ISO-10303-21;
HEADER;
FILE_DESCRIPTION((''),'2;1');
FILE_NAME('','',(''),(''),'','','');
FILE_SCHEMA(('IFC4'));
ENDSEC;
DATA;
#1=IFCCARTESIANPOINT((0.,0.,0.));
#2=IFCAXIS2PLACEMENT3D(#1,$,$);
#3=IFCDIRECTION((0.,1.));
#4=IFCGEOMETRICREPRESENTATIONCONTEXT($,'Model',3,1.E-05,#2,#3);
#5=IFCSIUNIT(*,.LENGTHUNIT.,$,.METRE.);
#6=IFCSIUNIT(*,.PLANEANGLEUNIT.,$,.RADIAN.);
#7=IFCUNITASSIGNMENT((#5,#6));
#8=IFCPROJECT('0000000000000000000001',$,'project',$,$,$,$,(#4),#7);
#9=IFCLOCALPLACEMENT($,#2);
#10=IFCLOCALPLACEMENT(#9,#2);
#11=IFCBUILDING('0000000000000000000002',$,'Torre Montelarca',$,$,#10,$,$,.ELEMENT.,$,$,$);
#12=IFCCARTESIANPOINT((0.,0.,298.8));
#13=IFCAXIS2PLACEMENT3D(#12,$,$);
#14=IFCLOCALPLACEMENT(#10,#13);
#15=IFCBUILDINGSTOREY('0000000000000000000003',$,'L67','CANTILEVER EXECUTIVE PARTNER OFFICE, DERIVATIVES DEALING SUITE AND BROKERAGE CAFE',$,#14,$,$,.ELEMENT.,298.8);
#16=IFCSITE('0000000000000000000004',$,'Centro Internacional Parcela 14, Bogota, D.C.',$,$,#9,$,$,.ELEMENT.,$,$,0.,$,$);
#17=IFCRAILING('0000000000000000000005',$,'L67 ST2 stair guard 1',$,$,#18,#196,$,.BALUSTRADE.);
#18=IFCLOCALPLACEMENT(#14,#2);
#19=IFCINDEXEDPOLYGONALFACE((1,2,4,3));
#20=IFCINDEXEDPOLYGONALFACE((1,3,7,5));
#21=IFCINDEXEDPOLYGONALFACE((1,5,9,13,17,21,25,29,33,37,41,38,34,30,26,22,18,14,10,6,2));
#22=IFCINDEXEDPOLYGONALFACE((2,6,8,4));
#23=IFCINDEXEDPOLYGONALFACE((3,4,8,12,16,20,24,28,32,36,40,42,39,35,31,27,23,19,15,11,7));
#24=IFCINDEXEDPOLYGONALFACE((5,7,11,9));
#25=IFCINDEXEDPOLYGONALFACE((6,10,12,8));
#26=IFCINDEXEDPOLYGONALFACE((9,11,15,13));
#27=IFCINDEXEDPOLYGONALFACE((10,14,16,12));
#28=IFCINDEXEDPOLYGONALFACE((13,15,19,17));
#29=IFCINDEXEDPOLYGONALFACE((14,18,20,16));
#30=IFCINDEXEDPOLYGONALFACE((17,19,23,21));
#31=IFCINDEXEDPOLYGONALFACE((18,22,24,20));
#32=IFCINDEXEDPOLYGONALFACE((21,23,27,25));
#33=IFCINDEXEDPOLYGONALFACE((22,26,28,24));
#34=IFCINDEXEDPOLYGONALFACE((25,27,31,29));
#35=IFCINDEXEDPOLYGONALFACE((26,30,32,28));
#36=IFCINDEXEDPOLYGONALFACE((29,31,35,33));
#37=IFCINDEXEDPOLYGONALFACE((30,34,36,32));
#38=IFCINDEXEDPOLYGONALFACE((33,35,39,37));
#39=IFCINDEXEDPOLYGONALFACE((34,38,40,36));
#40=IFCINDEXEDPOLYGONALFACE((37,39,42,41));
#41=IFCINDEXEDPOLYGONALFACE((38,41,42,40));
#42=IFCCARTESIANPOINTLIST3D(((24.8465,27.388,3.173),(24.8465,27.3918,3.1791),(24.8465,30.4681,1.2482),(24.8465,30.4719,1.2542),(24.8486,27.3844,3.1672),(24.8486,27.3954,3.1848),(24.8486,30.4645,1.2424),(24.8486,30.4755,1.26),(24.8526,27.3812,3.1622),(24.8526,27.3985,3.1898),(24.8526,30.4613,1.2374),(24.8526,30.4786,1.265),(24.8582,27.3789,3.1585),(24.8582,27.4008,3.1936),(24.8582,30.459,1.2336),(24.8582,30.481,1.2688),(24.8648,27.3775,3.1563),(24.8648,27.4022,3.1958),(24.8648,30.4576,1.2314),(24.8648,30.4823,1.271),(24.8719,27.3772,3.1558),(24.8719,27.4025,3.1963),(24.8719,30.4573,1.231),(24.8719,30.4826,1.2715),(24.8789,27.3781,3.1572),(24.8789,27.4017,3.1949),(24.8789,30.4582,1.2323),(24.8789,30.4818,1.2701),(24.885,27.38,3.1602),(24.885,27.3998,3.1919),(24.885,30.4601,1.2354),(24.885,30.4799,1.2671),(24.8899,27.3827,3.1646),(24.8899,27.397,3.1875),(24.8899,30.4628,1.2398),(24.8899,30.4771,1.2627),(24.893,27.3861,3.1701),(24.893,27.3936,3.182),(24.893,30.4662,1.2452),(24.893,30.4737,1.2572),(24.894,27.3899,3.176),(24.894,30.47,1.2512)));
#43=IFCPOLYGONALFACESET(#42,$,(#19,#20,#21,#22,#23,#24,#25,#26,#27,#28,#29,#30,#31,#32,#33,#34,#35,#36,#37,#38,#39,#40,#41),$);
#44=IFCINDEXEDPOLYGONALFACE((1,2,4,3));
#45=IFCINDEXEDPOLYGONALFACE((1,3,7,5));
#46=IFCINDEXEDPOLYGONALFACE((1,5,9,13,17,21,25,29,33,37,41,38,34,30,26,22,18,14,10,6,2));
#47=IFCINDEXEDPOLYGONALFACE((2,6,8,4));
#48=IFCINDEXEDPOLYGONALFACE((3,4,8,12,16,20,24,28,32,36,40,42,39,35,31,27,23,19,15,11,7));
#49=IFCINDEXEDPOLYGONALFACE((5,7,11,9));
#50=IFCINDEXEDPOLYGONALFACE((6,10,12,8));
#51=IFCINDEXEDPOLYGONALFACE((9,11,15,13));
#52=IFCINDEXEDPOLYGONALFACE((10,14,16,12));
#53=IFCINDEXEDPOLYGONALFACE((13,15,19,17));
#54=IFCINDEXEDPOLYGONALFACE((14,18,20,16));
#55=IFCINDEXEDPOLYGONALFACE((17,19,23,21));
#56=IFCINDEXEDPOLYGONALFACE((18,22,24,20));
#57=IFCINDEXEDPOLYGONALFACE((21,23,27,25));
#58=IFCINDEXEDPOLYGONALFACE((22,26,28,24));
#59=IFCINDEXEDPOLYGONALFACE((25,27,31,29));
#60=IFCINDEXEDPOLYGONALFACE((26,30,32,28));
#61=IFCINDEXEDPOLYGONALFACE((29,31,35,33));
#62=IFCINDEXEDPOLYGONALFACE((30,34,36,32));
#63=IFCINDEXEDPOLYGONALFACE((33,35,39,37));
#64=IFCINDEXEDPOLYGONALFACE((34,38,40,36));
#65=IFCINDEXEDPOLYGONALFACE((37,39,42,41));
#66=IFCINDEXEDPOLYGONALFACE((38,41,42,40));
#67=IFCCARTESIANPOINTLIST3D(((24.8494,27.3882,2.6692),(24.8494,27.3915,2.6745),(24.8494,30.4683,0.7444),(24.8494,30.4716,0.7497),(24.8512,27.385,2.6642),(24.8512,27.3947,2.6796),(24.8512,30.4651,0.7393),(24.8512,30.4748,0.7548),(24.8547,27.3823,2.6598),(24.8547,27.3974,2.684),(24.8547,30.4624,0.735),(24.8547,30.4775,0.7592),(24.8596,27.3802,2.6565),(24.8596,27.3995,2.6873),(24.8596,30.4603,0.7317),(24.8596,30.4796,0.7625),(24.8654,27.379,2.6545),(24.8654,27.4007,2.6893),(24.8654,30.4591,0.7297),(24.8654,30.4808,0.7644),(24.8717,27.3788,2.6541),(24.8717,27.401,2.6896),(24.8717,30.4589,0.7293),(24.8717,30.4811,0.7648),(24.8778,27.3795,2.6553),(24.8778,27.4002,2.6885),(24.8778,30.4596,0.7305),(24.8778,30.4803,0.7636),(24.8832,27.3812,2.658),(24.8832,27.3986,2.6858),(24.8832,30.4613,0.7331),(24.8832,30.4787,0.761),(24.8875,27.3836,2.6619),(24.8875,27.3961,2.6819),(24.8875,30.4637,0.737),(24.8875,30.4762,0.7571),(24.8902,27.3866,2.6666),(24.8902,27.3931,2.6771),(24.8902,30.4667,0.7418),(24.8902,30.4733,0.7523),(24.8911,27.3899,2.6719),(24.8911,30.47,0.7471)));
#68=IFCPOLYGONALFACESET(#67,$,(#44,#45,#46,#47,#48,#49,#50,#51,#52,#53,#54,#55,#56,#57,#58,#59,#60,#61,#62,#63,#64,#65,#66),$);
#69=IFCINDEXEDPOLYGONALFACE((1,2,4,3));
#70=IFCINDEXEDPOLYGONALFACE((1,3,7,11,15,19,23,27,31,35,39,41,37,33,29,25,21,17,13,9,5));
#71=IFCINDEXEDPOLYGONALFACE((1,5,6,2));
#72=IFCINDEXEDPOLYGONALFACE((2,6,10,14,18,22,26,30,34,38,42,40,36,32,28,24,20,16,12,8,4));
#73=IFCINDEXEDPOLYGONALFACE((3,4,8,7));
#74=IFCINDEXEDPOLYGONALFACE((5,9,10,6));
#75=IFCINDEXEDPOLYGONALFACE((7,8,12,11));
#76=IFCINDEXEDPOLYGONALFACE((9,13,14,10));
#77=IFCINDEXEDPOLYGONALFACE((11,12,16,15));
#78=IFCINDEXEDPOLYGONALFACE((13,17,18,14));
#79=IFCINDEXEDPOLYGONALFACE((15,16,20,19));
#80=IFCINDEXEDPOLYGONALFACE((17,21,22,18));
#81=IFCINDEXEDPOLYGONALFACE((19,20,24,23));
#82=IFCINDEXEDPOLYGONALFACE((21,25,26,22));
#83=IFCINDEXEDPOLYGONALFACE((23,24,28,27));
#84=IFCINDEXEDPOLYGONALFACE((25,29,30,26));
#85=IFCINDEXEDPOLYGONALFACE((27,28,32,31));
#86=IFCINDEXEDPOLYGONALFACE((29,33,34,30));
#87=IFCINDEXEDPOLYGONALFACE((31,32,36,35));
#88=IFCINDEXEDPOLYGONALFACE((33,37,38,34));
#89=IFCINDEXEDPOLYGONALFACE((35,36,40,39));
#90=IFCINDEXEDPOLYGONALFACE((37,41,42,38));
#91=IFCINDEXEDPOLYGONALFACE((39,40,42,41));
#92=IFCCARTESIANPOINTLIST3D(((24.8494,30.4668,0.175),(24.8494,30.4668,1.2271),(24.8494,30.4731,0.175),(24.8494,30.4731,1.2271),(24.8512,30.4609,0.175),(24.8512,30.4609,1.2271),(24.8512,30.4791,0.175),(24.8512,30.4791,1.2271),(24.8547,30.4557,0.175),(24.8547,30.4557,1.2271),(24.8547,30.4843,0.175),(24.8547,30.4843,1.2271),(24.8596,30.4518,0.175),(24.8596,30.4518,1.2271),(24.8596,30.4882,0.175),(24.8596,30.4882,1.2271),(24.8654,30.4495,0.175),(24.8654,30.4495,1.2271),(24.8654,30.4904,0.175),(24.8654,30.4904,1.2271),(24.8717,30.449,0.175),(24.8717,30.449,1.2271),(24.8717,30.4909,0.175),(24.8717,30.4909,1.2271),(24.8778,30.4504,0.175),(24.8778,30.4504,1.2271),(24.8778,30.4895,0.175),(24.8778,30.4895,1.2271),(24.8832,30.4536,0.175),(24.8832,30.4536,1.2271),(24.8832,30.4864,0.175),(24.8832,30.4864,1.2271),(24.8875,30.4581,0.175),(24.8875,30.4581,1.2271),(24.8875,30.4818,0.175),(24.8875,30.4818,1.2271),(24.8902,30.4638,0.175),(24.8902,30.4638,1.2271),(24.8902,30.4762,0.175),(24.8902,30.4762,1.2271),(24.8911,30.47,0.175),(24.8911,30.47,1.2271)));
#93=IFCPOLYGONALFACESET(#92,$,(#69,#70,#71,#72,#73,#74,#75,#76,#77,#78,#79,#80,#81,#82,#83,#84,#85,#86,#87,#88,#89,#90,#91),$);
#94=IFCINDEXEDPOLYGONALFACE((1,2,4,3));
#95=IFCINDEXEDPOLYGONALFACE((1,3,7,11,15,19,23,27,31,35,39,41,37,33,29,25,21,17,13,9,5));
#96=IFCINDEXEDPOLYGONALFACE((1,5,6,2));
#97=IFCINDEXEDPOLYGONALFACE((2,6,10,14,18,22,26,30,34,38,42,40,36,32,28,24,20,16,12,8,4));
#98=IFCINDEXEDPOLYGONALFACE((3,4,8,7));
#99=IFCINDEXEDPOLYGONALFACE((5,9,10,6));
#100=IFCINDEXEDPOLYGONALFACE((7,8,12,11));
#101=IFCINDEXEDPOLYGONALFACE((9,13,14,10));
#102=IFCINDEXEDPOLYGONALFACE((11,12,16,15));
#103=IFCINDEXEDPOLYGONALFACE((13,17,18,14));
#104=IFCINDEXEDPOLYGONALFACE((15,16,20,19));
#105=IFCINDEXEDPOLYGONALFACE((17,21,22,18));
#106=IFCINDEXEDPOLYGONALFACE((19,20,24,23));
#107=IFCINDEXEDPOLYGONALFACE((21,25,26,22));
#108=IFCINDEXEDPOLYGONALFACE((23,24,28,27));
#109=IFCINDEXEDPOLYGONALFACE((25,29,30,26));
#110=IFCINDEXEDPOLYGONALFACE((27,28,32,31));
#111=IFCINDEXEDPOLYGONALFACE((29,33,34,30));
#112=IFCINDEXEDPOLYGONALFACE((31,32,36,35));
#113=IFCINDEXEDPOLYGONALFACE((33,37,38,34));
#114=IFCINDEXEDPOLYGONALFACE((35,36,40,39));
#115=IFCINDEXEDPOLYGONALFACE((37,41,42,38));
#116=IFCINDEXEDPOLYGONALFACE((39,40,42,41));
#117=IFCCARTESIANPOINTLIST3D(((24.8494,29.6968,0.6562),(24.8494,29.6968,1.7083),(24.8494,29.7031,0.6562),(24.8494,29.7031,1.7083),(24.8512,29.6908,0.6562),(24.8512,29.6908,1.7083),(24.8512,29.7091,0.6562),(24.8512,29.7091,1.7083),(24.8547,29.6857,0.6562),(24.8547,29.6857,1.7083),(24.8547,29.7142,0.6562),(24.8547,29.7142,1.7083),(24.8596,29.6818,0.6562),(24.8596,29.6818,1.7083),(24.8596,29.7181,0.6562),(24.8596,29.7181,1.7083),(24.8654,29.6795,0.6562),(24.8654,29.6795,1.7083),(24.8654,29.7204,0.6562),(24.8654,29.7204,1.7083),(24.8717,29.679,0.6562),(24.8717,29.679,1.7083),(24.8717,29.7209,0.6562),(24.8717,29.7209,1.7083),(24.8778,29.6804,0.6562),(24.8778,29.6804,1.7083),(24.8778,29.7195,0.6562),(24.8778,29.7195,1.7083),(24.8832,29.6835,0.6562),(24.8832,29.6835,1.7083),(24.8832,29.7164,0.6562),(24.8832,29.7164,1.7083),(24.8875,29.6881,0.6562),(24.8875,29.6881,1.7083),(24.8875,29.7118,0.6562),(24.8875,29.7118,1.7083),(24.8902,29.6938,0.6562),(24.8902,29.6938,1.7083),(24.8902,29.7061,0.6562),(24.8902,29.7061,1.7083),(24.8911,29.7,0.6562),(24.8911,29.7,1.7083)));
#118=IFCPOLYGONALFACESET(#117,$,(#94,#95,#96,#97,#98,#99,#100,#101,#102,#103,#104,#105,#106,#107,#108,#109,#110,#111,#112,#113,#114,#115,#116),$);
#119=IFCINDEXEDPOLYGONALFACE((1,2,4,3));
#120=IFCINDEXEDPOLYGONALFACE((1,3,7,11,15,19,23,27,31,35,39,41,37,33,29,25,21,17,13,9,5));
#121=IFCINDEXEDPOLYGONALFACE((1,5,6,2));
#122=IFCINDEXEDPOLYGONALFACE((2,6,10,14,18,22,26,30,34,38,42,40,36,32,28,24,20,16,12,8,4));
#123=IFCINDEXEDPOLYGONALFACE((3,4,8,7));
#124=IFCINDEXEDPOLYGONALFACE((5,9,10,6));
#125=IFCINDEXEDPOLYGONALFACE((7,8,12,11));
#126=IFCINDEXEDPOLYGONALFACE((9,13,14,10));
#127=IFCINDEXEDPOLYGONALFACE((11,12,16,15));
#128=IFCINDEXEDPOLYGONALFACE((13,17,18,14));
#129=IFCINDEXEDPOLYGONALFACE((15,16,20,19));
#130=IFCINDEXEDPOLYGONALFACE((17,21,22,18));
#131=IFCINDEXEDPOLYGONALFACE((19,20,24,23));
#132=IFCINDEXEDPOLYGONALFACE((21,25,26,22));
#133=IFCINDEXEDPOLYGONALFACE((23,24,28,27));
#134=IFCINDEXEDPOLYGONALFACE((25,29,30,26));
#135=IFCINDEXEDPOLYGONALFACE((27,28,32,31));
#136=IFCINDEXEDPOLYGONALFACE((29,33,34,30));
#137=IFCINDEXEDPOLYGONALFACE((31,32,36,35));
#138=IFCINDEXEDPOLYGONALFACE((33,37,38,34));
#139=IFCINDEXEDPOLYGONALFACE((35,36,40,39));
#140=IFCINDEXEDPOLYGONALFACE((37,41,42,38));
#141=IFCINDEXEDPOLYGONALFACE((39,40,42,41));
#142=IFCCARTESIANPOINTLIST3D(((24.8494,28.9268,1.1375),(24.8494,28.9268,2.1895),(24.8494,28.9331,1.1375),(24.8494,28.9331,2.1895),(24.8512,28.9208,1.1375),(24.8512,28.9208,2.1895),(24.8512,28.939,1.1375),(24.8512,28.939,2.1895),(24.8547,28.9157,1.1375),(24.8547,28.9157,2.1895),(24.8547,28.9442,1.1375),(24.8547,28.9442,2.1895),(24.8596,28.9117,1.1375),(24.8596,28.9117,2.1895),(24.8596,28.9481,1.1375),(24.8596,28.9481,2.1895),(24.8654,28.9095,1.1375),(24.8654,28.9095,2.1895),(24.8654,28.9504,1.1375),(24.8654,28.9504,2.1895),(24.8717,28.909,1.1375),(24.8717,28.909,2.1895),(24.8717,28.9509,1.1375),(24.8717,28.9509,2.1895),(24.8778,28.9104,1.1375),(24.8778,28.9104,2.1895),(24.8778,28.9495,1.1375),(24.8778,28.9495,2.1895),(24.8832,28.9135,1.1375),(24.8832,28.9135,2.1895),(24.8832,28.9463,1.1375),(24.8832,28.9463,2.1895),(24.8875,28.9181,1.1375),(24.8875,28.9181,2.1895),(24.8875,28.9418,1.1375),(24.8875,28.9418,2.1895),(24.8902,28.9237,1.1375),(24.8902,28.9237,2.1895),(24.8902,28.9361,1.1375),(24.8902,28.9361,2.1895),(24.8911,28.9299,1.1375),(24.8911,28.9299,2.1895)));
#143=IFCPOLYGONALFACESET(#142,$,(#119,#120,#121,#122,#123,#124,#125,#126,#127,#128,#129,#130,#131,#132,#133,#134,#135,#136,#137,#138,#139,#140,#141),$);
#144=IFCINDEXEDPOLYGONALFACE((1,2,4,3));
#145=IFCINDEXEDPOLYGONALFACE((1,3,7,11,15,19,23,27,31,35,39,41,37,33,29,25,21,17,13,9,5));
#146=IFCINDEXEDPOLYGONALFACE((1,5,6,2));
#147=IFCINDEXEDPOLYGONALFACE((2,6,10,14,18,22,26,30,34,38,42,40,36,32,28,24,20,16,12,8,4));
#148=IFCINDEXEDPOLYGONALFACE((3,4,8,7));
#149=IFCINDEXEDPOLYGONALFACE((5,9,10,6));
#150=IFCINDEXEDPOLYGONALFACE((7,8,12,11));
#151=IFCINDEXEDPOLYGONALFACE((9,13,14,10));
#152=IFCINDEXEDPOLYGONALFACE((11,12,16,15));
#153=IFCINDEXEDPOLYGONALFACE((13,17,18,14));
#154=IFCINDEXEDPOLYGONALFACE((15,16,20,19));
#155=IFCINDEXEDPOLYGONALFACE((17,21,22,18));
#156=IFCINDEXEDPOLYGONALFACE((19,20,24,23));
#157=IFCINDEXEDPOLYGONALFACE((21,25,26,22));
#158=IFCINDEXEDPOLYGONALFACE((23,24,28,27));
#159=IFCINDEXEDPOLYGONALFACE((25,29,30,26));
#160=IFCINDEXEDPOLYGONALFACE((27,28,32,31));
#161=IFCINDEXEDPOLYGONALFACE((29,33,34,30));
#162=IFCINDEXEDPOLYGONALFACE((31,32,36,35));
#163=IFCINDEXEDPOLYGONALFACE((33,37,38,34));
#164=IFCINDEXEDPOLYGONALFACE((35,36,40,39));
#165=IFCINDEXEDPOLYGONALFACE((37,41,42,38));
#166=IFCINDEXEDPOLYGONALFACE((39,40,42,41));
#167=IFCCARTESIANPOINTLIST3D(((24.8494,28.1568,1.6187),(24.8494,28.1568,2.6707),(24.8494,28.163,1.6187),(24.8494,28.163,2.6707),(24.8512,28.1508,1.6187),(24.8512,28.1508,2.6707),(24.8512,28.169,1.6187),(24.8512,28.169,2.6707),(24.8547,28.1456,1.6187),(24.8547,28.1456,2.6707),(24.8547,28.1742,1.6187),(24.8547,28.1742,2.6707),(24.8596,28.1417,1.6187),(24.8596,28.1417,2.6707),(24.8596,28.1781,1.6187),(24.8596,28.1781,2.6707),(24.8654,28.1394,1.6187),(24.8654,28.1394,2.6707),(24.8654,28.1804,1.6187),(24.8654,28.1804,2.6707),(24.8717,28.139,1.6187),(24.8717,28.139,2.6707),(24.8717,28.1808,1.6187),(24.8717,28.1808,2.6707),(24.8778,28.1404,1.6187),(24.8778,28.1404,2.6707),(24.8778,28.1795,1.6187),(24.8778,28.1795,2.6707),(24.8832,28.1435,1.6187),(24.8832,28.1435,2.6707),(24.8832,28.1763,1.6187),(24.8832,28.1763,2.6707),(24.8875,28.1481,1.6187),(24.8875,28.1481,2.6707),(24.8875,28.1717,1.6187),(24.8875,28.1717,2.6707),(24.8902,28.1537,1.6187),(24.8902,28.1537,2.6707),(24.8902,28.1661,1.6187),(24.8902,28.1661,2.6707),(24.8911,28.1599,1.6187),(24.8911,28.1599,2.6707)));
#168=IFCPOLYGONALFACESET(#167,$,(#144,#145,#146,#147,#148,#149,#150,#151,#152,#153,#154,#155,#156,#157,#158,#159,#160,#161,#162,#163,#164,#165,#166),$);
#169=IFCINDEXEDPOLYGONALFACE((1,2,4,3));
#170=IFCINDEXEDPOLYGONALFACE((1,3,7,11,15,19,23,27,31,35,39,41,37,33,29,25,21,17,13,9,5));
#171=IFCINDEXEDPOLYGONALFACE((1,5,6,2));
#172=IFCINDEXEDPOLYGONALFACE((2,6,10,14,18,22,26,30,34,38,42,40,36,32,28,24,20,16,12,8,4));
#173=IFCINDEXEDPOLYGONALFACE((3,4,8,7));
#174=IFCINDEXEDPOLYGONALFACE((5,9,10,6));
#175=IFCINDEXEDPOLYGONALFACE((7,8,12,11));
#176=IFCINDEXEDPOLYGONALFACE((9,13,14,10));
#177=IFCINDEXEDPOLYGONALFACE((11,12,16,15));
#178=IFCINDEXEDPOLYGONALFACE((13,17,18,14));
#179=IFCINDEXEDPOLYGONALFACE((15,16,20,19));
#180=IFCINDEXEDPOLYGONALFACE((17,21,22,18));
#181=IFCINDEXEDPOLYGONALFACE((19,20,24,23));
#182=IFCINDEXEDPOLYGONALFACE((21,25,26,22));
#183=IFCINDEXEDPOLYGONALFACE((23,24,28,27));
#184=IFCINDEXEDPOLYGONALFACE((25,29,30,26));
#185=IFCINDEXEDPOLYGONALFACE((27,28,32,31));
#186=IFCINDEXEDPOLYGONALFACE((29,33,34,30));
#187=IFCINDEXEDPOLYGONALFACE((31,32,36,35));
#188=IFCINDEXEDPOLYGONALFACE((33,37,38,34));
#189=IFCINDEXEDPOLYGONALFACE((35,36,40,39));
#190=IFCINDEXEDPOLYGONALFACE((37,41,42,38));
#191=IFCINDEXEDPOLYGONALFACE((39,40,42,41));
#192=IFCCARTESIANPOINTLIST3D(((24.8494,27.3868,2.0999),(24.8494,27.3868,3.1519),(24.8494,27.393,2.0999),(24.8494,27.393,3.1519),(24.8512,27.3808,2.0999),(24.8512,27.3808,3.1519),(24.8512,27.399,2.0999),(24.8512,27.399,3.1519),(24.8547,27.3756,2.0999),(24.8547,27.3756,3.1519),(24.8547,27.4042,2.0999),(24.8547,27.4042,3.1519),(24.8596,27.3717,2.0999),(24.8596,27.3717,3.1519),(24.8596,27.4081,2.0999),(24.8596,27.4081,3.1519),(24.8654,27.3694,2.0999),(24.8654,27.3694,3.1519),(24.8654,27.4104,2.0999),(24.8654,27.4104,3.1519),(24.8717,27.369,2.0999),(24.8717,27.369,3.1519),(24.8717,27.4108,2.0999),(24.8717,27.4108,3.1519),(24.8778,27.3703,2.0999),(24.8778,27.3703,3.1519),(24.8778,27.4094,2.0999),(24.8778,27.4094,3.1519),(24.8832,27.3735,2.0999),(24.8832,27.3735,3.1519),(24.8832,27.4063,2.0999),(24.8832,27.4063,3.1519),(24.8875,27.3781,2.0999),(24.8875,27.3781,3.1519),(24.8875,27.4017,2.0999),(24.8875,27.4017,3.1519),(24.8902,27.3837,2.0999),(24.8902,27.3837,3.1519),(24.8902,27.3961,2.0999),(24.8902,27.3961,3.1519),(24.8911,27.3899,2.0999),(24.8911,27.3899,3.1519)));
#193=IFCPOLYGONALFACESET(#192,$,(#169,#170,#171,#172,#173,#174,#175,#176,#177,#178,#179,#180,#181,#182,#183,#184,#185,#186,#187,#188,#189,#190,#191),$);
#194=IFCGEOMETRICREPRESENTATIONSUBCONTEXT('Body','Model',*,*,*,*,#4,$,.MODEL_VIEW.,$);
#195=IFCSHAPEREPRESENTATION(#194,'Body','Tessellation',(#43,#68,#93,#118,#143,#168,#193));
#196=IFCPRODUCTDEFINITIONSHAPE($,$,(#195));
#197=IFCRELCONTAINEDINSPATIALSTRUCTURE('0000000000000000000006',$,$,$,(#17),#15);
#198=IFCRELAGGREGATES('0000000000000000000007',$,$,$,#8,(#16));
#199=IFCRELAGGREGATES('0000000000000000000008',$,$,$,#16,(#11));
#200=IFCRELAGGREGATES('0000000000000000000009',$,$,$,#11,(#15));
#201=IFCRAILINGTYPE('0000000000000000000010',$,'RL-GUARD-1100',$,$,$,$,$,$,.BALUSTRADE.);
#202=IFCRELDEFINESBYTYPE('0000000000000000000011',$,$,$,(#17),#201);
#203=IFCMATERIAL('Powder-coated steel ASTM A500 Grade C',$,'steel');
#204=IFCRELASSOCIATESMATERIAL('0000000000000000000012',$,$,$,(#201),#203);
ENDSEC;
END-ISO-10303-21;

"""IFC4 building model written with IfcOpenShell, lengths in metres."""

from ifc_helpers import new_model, si_unit, direction, frame, origin, origin_2d, place, context, subcontext, project, spatial, circle, extrude, material, type_object, element, save


model = new_model("IFC4")

# Units and contexts
model_context = context("Model", 3, precision=1e-05, world=origin(), true_north=direction((0.0, 1.0)))
body_context = subcontext(model_context, "Body", "Model", "MODEL_VIEW")
ifc_project = project(units=[si_unit("LENGTHUNIT", "METRE"), si_unit("PLANEANGLEUNIT", "RADIAN")], contexts=[model_context])

# Site, building, storey
site_placement = place(None, origin())
site = spatial("IfcSite", under=ifc_project, at=site_placement, Name="Centro Internacional Parcela 14, Bogota, D.C.", CompositionType="ELEMENT", RefElevation=0.0)
building_placement = place(site_placement, origin())
building = spatial("IfcBuilding", under=site, at=building_placement, Name="Torre Montelarca", CompositionType="ELEMENT")
storey_placement = place(building_placement, frame((0.0, 0.0, 298.8)))
storey = spatial("IfcBuildingStorey", under=building, at=storey_placement, Name="L67", Description="CANTILEVER EXECUTIVE PARTNER OFFICE, DERIVATIVES DEALING SUITE AND BROKERAGE CAFE", CompositionType="ELEMENT", Elevation=298.8)

# Railing
ifc_material_1 = material(Name="Powder-coated steel ASTM A500 Grade C", Category="steel")
railing_type_1 = type_object("IfcRailingType", Name="RL-GUARD-1100", PredefinedType="BALUSTRADE", material=ifc_material_1)
railing_1_placement = place(storey_placement, frame((24.8701, 30.47, 0.175)))
element("IfcRailing", 1, at=railing_1_placement, inside=storey, type_object=railing_type_1, Name="L67 ST2 stair guard 1", PredefinedType="BALUSTRADE", context=body_context, shape_type="SweptSolid", body=[
    extrude(circle(Radius=0.0239, at=origin_2d()), frame((0.0, 0.0, 1.0762), z_axis=(0.0, -0.848029, 0.529951), x_axis=(1.0, 0.0, 0.0)), (0.0, 0.0, 1.0), 3.6321),
    extrude(circle(Radius=0.021, at=origin_2d()), frame((0.0, 0.0, 0.572), z_axis=(0.0, -0.848029, 0.529951), x_axis=(1.0, 0.0, 0.0)), (0.0, 0.0, 1.0), 3.6321),
    extrude(circle(Radius=0.021, at=origin_2d()), origin(), (0.0, 0.0, 1.0), 1.052),
    extrude(circle(Radius=0.021, at=origin_2d()), frame((0.0, -0.77, 0.4812)), (0.0, 0.0, 1.0), 1.052),
    extrude(circle(Radius=0.021, at=origin_2d()), frame((0.0, -1.54, 0.9624)), (0.0, 0.0, 1.0), 1.052),
    extrude(circle(Radius=0.021, at=origin_2d()), frame((0.0, -2.3101, 1.4436)), (0.0, 0.0, 1.0), 1.052),
    extrude(circle(Radius=0.021, at=origin_2d()), frame((0.0, -3.0801, 1.9248)), (0.0, 0.0, 1.0), 1.052),
])

save(model, "model.ifc")
